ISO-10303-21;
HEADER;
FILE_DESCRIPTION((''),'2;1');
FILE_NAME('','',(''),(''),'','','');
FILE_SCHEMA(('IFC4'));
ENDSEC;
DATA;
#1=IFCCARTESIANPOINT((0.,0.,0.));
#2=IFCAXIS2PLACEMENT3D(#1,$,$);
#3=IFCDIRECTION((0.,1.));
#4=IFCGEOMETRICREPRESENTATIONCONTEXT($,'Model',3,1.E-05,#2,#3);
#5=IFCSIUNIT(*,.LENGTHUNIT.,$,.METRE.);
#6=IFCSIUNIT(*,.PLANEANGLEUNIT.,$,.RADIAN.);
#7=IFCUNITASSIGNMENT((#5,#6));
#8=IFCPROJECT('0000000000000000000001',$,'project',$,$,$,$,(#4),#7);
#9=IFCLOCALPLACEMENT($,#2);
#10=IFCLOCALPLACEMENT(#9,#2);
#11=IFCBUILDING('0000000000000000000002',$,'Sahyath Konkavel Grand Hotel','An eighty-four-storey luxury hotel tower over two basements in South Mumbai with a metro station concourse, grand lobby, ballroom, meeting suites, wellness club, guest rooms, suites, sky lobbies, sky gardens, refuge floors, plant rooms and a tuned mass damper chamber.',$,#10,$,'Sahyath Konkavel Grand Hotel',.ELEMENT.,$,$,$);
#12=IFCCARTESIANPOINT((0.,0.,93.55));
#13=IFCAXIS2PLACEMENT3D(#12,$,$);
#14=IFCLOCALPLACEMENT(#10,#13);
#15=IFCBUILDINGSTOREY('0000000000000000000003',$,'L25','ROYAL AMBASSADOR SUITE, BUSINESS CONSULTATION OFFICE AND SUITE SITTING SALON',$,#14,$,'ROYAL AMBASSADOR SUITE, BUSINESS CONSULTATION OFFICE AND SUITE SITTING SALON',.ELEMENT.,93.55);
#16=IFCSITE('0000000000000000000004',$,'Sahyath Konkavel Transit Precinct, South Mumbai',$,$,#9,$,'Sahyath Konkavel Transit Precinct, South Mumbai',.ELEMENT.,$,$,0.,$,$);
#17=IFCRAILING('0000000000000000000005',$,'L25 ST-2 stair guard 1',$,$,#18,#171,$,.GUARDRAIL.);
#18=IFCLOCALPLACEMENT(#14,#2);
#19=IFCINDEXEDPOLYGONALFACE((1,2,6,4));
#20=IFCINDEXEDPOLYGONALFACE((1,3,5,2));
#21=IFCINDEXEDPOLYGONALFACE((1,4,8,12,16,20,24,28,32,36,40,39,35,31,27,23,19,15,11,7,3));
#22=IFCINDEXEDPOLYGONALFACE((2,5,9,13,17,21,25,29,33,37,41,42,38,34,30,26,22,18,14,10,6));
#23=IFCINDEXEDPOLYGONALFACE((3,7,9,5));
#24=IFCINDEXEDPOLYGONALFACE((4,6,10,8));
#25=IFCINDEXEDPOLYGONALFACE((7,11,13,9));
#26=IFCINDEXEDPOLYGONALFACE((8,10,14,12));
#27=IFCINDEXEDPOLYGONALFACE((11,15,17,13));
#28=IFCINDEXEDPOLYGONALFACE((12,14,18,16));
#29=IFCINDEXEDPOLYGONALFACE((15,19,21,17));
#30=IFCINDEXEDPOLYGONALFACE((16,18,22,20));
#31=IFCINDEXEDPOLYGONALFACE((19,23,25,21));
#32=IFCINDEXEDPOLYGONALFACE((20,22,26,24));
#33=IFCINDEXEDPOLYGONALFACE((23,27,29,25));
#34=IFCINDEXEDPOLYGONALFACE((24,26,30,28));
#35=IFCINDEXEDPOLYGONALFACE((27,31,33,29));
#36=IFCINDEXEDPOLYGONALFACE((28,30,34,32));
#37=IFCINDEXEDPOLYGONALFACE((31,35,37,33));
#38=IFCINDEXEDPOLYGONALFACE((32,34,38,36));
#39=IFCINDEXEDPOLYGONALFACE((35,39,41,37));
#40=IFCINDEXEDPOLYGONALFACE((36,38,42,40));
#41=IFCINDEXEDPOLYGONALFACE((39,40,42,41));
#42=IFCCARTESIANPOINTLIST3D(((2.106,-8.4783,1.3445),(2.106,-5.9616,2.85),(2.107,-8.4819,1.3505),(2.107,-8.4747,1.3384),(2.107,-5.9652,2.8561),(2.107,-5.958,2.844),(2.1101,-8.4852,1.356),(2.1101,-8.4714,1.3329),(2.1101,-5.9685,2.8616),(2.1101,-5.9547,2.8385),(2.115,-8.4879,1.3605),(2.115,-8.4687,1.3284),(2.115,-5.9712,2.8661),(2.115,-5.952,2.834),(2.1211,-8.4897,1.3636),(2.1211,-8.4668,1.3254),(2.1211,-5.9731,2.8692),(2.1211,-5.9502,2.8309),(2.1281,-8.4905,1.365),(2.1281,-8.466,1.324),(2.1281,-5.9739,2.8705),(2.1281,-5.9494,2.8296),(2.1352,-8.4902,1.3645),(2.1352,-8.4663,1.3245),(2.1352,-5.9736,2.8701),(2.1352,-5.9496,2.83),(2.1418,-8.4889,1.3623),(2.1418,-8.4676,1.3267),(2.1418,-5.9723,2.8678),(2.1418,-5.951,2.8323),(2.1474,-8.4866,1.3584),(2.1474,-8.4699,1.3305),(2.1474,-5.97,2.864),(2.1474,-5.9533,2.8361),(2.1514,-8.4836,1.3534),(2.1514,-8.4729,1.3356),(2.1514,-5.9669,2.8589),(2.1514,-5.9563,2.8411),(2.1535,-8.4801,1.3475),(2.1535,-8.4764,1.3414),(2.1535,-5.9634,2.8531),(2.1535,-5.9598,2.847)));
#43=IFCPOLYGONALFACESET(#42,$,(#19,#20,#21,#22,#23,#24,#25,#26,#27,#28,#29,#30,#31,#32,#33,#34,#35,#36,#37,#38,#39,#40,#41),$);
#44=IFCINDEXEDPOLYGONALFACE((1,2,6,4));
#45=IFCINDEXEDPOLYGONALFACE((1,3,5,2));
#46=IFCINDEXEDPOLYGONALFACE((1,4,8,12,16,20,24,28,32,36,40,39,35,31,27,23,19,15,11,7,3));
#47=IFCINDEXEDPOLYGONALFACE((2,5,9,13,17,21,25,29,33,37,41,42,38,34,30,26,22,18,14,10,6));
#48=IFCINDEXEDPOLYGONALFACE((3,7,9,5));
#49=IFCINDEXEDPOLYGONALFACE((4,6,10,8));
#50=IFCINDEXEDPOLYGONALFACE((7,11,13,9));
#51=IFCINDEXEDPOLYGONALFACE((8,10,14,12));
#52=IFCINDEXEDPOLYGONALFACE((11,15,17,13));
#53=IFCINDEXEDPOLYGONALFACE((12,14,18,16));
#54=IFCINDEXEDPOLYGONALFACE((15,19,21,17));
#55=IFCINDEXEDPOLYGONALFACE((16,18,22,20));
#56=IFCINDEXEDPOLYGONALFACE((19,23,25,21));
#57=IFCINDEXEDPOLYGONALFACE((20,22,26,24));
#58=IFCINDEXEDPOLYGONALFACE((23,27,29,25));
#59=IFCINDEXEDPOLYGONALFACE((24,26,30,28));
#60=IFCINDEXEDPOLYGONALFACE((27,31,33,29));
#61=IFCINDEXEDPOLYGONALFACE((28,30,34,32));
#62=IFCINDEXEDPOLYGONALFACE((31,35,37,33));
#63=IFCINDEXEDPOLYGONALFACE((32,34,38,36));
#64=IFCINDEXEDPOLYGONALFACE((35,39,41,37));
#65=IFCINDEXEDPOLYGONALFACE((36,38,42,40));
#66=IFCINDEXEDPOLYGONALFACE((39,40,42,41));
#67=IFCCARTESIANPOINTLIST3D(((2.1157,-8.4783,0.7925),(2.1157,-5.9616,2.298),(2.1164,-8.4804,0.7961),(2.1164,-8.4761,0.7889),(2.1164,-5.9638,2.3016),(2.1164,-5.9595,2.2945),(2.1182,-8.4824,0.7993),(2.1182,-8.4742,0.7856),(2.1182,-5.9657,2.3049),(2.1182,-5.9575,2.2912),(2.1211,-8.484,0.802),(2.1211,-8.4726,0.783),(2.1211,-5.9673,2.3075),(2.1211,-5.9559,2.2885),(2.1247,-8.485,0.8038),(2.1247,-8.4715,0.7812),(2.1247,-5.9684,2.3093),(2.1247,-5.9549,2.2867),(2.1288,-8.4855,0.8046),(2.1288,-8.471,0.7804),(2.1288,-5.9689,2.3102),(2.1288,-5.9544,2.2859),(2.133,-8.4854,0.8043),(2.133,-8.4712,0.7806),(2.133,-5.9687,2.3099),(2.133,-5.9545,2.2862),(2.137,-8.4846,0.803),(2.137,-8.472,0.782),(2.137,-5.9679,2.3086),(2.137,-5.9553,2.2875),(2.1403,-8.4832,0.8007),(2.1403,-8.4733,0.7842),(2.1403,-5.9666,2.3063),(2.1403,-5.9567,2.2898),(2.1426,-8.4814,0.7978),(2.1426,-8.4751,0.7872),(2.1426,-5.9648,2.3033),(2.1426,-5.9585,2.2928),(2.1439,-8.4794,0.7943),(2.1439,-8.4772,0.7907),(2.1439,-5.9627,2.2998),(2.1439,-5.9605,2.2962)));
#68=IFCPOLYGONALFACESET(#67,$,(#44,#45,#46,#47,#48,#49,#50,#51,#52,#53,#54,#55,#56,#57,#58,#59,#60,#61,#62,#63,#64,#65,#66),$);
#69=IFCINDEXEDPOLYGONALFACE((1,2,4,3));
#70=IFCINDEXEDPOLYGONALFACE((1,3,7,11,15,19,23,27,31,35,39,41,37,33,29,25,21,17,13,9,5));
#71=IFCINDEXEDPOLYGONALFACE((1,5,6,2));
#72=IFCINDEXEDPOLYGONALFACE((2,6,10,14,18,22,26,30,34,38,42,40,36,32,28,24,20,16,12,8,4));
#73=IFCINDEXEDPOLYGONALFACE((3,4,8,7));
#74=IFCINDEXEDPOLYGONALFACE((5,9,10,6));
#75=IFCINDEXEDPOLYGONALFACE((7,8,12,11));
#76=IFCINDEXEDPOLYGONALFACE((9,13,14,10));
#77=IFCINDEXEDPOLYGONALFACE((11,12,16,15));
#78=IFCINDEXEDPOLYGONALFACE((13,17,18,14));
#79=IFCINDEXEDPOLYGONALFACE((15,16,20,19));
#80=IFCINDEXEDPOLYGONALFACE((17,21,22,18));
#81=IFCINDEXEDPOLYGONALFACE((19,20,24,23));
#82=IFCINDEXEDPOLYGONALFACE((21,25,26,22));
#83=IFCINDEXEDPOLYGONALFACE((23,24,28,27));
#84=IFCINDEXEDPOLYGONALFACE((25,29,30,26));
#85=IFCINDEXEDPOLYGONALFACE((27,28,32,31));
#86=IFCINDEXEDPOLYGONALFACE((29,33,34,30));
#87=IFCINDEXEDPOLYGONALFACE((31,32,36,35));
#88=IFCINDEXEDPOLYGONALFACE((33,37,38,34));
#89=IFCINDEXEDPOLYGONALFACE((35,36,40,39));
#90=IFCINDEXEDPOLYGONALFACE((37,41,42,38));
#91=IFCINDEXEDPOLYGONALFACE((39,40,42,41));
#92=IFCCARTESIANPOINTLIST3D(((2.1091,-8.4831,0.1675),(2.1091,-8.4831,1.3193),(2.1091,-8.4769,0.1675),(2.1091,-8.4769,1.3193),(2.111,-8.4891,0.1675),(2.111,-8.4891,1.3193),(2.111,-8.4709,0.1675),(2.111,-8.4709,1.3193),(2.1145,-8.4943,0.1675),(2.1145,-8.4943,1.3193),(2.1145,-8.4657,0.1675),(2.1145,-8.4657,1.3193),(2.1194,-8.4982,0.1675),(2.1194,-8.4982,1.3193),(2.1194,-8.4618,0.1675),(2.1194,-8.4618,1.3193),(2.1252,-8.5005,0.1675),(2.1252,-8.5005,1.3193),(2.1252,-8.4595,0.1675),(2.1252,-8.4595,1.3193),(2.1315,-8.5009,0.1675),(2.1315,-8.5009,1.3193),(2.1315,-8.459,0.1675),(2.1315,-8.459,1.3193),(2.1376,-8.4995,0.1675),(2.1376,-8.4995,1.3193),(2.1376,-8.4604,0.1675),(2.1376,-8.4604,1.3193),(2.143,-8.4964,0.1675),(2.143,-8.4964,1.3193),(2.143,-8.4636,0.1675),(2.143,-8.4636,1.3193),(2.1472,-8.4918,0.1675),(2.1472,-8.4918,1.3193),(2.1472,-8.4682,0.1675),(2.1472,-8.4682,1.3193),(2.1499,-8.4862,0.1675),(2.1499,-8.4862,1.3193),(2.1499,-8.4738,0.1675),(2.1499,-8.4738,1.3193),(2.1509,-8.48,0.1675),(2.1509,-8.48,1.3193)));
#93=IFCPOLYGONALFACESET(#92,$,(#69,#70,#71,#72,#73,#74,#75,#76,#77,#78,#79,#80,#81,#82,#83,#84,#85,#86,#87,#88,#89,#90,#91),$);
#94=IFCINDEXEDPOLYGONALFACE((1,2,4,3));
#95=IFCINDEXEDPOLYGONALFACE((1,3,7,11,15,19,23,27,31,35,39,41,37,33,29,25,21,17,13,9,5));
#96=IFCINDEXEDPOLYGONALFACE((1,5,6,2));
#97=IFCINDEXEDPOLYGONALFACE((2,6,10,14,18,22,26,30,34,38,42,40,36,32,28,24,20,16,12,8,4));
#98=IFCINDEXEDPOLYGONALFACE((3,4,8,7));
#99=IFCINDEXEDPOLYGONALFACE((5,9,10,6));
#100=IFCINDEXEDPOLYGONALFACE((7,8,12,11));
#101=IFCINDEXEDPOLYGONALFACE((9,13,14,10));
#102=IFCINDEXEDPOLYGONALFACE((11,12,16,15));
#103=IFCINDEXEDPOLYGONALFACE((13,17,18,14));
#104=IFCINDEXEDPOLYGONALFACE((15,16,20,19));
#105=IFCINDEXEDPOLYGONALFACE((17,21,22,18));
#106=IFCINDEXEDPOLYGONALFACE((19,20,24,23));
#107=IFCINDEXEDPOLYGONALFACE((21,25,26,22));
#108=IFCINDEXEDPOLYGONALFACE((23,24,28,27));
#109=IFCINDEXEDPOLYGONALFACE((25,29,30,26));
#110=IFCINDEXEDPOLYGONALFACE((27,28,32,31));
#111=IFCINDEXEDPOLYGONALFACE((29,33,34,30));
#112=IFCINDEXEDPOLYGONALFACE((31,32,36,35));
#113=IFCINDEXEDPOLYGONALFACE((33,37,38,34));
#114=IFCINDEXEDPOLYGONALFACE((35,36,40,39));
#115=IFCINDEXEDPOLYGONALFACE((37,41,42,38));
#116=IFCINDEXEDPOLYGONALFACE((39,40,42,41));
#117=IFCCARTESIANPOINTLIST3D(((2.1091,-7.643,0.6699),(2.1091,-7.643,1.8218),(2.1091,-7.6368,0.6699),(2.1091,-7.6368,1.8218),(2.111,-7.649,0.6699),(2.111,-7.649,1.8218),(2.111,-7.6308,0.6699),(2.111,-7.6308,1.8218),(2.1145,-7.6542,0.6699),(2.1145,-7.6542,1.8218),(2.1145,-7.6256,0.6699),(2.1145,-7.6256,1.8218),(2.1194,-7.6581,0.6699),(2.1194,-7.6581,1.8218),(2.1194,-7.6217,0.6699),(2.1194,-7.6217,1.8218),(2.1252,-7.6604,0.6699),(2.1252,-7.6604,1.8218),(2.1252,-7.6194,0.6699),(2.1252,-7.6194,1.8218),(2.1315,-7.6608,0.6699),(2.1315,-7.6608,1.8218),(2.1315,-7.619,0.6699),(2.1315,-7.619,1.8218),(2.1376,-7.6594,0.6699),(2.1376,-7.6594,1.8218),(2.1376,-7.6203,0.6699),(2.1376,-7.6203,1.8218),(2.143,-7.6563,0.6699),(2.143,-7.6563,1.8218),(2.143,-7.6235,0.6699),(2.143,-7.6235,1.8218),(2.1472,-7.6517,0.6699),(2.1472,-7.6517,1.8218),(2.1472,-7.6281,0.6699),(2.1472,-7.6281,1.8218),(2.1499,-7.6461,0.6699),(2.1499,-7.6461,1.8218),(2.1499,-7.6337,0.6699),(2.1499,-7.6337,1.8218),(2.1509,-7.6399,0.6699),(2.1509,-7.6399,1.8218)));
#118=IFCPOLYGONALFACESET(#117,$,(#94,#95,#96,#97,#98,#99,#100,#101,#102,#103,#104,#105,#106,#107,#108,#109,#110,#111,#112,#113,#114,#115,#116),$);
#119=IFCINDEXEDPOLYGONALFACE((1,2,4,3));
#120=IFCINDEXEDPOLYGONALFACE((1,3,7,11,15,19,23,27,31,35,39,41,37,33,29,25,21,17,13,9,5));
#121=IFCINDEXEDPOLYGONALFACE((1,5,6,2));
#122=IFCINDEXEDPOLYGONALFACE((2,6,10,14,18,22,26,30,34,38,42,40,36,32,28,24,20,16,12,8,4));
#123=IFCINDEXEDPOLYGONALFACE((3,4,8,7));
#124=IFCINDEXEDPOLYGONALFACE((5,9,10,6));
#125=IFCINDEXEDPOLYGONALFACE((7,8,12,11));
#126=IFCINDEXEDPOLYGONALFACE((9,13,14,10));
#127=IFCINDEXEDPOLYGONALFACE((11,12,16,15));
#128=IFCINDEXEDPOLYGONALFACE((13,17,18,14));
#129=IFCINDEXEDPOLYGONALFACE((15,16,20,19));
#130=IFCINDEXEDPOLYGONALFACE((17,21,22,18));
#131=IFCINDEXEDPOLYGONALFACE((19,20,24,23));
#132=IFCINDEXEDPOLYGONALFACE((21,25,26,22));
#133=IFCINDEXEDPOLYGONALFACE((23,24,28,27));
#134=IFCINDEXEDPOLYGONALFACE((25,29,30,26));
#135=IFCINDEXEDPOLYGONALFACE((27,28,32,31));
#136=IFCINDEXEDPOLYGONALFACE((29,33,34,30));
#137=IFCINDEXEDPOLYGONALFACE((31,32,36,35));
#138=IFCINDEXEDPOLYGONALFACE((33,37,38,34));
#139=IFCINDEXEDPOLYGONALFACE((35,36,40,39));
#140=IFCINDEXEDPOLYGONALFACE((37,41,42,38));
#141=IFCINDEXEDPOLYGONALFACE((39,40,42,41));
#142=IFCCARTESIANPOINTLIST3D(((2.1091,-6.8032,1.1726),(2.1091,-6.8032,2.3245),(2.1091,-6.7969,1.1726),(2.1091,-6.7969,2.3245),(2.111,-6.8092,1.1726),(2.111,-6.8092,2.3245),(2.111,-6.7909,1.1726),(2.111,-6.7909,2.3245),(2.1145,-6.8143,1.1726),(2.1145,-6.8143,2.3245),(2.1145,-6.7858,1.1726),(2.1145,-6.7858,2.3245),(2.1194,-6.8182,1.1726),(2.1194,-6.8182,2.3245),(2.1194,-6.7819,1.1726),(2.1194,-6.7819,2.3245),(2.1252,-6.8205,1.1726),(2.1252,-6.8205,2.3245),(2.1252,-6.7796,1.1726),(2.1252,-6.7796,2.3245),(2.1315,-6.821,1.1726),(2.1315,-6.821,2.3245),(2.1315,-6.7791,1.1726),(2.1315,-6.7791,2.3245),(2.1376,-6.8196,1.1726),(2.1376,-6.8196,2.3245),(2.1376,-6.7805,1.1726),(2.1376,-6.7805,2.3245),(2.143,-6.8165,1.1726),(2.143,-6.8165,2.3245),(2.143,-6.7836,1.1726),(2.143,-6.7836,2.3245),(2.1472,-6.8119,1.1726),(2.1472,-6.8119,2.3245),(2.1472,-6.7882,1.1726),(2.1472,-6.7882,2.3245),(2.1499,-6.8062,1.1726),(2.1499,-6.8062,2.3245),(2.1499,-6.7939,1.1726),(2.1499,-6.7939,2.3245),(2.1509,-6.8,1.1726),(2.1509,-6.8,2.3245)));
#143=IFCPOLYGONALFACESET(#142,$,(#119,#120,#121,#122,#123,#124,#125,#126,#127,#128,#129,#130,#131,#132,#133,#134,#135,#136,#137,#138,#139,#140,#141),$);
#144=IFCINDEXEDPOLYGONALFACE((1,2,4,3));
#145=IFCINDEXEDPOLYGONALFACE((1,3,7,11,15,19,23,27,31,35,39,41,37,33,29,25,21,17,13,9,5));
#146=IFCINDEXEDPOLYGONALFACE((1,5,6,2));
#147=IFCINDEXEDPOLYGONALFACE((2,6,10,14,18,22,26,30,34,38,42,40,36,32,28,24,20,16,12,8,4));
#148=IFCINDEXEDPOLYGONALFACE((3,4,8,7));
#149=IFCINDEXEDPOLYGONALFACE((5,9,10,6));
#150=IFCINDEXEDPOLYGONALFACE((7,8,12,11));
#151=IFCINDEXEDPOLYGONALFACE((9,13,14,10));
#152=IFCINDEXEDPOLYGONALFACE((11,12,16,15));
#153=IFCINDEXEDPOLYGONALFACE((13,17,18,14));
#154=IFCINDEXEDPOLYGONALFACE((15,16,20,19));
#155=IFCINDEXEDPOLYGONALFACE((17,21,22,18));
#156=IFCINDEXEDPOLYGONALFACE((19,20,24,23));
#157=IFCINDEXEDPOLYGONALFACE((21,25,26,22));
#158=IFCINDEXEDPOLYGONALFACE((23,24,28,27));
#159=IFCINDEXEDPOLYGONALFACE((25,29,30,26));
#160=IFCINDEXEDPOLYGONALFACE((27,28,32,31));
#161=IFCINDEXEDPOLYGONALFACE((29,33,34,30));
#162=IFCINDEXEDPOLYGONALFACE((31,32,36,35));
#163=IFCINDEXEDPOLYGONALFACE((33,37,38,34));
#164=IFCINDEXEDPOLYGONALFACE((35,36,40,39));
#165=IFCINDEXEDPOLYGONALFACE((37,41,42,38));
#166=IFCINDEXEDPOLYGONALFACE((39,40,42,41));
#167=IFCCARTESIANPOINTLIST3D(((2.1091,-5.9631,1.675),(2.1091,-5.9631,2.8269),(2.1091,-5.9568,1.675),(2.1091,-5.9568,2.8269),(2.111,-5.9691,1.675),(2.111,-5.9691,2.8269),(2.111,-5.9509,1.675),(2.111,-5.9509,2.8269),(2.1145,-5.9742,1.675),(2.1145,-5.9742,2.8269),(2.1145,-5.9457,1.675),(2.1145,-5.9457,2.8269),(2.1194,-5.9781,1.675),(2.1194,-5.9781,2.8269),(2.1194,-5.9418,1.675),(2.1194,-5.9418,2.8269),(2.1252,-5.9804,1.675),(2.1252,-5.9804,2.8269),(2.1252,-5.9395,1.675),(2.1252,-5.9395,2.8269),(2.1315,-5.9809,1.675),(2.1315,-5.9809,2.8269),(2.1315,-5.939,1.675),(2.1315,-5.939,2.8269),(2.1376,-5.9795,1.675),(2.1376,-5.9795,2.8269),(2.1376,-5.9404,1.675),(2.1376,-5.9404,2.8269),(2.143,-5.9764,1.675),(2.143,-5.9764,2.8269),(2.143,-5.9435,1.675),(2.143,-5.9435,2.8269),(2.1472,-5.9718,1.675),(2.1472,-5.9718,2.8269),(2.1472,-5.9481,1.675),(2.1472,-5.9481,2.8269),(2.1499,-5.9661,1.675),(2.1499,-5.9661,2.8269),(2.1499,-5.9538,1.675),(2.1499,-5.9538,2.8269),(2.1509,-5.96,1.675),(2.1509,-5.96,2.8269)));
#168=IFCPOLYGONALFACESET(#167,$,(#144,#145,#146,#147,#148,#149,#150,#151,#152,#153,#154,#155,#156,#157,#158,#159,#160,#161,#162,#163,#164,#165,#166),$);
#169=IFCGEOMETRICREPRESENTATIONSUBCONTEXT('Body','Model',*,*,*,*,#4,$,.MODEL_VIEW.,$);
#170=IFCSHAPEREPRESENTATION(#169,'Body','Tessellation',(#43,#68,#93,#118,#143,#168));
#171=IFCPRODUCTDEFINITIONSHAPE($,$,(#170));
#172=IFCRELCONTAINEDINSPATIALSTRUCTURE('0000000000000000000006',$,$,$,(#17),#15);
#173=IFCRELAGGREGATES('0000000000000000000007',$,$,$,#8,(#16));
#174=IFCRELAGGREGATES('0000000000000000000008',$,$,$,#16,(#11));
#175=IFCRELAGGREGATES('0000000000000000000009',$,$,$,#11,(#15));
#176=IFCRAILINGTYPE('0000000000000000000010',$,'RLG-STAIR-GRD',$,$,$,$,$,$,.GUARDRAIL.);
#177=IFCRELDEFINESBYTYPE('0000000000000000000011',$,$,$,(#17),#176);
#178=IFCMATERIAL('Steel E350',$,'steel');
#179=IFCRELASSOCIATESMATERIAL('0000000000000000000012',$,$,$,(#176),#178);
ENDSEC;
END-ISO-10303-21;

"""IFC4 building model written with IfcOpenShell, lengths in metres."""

from ifc_helpers import new_model, si_unit, direction, frame, origin, origin_2d, place, context, subcontext, project, spatial, circle, extrude, material, type_object, element, save


model = new_model("IFC4")

# Units and contexts
model_context = context("Model", 3, precision=1e-05, world=origin(), true_north=direction((0.0, 1.0)))
body_context = subcontext(model_context, "Body", "Model", "MODEL_VIEW")
ifc_project = project(units=[si_unit("LENGTHUNIT", "METRE"), si_unit("PLANEANGLEUNIT", "RADIAN")], contexts=[model_context])

# Site, building, storey
site_placement = place(None, origin())
site = spatial("IfcSite", under=ifc_project, at=site_placement, Name="Sahyath Konkavel Transit Precinct, South Mumbai", LongName="Sahyath Konkavel Transit Precinct, South Mumbai", CompositionType="ELEMENT", RefElevation=0.0)
building_placement = place(site_placement, origin())
building = spatial("IfcBuilding", under=site, at=building_placement, Name="Sahyath Konkavel Grand Hotel", Description="An eighty-four-storey luxury hotel tower over two basements in South Mumbai with a metro station concourse, grand lobby, ballroom, meeting suites, wellness club, guest rooms, suites, sky lobbies, sky gardens, refuge floors, plant rooms and a tuned mass damper chamber.", LongName="Sahyath Konkavel Grand Hotel", CompositionType="ELEMENT")
storey_placement = place(building_placement, frame((0.0, 0.0, 93.55)))
storey = spatial("IfcBuildingStorey", under=building, at=storey_placement, Name="L25", Description="ROYAL AMBASSADOR SUITE, BUSINESS CONSULTATION OFFICE AND SUITE SITTING SALON", LongName="ROYAL AMBASSADOR SUITE, BUSINESS CONSULTATION OFFICE AND SUITE SITTING SALON", CompositionType="ELEMENT", Elevation=93.55)

# Shared definitions
ifc_material_1 = material(Name="Steel E350", Category="steel")

# Railing
railing_type_1 = type_object("IfcRailingType", Name="RLG-STAIR-GRD", PredefinedType="GUARDRAIL", material=ifc_material_1)
railing_1_placement = place(storey_placement, frame((2.1299, -8.48, 0.1675)))
element("IfcRailing", 1, at=railing_1_placement, inside=storey, type_object=railing_type_1, Name="L25 ST-2 stair guard 1", PredefinedType="GUARDRAIL", context=body_context, shape_type="SweptSolid", body=[
    extrude(circle(Radius=0.0239, at=origin_2d()), frame((0.0, 0.0017, 1.177), z_axis=(0.0, 0.85816, 0.513383), x_axis=(-1.0, 0.0, 0.0)), (0.0, 0.0, 1.0), 2.9326),
    extrude(circle(Radius=0.0142, at=origin_2d()), frame((0.0, 0.0017, 0.625), z_axis=(0.0, 0.85816, 0.513383), x_axis=(-1.0, 0.0, 0.0)), (0.0, 0.0, 1.0), 2.9326),
    extrude(circle(Radius=0.021, at=origin_2d()), origin(), (0.0, 0.0, 1.0), 1.1519),
    extrude(circle(Radius=0.021, at=origin_2d()), frame((0.0, 0.8401, 0.5024)), (0.0, 0.0, 1.0), 1.1519),
    extrude(circle(Radius=0.021, at=origin_2d()), frame((0.0, 1.6799, 1.0051)), (0.0, 0.0, 1.0), 1.1519),
    extrude(circle(Radius=0.021, at=origin_2d()), frame((0.0, 2.52, 1.5076)), (0.0, 0.0, 1.0), 1.1519),
])

save(model, "model.ifc")
